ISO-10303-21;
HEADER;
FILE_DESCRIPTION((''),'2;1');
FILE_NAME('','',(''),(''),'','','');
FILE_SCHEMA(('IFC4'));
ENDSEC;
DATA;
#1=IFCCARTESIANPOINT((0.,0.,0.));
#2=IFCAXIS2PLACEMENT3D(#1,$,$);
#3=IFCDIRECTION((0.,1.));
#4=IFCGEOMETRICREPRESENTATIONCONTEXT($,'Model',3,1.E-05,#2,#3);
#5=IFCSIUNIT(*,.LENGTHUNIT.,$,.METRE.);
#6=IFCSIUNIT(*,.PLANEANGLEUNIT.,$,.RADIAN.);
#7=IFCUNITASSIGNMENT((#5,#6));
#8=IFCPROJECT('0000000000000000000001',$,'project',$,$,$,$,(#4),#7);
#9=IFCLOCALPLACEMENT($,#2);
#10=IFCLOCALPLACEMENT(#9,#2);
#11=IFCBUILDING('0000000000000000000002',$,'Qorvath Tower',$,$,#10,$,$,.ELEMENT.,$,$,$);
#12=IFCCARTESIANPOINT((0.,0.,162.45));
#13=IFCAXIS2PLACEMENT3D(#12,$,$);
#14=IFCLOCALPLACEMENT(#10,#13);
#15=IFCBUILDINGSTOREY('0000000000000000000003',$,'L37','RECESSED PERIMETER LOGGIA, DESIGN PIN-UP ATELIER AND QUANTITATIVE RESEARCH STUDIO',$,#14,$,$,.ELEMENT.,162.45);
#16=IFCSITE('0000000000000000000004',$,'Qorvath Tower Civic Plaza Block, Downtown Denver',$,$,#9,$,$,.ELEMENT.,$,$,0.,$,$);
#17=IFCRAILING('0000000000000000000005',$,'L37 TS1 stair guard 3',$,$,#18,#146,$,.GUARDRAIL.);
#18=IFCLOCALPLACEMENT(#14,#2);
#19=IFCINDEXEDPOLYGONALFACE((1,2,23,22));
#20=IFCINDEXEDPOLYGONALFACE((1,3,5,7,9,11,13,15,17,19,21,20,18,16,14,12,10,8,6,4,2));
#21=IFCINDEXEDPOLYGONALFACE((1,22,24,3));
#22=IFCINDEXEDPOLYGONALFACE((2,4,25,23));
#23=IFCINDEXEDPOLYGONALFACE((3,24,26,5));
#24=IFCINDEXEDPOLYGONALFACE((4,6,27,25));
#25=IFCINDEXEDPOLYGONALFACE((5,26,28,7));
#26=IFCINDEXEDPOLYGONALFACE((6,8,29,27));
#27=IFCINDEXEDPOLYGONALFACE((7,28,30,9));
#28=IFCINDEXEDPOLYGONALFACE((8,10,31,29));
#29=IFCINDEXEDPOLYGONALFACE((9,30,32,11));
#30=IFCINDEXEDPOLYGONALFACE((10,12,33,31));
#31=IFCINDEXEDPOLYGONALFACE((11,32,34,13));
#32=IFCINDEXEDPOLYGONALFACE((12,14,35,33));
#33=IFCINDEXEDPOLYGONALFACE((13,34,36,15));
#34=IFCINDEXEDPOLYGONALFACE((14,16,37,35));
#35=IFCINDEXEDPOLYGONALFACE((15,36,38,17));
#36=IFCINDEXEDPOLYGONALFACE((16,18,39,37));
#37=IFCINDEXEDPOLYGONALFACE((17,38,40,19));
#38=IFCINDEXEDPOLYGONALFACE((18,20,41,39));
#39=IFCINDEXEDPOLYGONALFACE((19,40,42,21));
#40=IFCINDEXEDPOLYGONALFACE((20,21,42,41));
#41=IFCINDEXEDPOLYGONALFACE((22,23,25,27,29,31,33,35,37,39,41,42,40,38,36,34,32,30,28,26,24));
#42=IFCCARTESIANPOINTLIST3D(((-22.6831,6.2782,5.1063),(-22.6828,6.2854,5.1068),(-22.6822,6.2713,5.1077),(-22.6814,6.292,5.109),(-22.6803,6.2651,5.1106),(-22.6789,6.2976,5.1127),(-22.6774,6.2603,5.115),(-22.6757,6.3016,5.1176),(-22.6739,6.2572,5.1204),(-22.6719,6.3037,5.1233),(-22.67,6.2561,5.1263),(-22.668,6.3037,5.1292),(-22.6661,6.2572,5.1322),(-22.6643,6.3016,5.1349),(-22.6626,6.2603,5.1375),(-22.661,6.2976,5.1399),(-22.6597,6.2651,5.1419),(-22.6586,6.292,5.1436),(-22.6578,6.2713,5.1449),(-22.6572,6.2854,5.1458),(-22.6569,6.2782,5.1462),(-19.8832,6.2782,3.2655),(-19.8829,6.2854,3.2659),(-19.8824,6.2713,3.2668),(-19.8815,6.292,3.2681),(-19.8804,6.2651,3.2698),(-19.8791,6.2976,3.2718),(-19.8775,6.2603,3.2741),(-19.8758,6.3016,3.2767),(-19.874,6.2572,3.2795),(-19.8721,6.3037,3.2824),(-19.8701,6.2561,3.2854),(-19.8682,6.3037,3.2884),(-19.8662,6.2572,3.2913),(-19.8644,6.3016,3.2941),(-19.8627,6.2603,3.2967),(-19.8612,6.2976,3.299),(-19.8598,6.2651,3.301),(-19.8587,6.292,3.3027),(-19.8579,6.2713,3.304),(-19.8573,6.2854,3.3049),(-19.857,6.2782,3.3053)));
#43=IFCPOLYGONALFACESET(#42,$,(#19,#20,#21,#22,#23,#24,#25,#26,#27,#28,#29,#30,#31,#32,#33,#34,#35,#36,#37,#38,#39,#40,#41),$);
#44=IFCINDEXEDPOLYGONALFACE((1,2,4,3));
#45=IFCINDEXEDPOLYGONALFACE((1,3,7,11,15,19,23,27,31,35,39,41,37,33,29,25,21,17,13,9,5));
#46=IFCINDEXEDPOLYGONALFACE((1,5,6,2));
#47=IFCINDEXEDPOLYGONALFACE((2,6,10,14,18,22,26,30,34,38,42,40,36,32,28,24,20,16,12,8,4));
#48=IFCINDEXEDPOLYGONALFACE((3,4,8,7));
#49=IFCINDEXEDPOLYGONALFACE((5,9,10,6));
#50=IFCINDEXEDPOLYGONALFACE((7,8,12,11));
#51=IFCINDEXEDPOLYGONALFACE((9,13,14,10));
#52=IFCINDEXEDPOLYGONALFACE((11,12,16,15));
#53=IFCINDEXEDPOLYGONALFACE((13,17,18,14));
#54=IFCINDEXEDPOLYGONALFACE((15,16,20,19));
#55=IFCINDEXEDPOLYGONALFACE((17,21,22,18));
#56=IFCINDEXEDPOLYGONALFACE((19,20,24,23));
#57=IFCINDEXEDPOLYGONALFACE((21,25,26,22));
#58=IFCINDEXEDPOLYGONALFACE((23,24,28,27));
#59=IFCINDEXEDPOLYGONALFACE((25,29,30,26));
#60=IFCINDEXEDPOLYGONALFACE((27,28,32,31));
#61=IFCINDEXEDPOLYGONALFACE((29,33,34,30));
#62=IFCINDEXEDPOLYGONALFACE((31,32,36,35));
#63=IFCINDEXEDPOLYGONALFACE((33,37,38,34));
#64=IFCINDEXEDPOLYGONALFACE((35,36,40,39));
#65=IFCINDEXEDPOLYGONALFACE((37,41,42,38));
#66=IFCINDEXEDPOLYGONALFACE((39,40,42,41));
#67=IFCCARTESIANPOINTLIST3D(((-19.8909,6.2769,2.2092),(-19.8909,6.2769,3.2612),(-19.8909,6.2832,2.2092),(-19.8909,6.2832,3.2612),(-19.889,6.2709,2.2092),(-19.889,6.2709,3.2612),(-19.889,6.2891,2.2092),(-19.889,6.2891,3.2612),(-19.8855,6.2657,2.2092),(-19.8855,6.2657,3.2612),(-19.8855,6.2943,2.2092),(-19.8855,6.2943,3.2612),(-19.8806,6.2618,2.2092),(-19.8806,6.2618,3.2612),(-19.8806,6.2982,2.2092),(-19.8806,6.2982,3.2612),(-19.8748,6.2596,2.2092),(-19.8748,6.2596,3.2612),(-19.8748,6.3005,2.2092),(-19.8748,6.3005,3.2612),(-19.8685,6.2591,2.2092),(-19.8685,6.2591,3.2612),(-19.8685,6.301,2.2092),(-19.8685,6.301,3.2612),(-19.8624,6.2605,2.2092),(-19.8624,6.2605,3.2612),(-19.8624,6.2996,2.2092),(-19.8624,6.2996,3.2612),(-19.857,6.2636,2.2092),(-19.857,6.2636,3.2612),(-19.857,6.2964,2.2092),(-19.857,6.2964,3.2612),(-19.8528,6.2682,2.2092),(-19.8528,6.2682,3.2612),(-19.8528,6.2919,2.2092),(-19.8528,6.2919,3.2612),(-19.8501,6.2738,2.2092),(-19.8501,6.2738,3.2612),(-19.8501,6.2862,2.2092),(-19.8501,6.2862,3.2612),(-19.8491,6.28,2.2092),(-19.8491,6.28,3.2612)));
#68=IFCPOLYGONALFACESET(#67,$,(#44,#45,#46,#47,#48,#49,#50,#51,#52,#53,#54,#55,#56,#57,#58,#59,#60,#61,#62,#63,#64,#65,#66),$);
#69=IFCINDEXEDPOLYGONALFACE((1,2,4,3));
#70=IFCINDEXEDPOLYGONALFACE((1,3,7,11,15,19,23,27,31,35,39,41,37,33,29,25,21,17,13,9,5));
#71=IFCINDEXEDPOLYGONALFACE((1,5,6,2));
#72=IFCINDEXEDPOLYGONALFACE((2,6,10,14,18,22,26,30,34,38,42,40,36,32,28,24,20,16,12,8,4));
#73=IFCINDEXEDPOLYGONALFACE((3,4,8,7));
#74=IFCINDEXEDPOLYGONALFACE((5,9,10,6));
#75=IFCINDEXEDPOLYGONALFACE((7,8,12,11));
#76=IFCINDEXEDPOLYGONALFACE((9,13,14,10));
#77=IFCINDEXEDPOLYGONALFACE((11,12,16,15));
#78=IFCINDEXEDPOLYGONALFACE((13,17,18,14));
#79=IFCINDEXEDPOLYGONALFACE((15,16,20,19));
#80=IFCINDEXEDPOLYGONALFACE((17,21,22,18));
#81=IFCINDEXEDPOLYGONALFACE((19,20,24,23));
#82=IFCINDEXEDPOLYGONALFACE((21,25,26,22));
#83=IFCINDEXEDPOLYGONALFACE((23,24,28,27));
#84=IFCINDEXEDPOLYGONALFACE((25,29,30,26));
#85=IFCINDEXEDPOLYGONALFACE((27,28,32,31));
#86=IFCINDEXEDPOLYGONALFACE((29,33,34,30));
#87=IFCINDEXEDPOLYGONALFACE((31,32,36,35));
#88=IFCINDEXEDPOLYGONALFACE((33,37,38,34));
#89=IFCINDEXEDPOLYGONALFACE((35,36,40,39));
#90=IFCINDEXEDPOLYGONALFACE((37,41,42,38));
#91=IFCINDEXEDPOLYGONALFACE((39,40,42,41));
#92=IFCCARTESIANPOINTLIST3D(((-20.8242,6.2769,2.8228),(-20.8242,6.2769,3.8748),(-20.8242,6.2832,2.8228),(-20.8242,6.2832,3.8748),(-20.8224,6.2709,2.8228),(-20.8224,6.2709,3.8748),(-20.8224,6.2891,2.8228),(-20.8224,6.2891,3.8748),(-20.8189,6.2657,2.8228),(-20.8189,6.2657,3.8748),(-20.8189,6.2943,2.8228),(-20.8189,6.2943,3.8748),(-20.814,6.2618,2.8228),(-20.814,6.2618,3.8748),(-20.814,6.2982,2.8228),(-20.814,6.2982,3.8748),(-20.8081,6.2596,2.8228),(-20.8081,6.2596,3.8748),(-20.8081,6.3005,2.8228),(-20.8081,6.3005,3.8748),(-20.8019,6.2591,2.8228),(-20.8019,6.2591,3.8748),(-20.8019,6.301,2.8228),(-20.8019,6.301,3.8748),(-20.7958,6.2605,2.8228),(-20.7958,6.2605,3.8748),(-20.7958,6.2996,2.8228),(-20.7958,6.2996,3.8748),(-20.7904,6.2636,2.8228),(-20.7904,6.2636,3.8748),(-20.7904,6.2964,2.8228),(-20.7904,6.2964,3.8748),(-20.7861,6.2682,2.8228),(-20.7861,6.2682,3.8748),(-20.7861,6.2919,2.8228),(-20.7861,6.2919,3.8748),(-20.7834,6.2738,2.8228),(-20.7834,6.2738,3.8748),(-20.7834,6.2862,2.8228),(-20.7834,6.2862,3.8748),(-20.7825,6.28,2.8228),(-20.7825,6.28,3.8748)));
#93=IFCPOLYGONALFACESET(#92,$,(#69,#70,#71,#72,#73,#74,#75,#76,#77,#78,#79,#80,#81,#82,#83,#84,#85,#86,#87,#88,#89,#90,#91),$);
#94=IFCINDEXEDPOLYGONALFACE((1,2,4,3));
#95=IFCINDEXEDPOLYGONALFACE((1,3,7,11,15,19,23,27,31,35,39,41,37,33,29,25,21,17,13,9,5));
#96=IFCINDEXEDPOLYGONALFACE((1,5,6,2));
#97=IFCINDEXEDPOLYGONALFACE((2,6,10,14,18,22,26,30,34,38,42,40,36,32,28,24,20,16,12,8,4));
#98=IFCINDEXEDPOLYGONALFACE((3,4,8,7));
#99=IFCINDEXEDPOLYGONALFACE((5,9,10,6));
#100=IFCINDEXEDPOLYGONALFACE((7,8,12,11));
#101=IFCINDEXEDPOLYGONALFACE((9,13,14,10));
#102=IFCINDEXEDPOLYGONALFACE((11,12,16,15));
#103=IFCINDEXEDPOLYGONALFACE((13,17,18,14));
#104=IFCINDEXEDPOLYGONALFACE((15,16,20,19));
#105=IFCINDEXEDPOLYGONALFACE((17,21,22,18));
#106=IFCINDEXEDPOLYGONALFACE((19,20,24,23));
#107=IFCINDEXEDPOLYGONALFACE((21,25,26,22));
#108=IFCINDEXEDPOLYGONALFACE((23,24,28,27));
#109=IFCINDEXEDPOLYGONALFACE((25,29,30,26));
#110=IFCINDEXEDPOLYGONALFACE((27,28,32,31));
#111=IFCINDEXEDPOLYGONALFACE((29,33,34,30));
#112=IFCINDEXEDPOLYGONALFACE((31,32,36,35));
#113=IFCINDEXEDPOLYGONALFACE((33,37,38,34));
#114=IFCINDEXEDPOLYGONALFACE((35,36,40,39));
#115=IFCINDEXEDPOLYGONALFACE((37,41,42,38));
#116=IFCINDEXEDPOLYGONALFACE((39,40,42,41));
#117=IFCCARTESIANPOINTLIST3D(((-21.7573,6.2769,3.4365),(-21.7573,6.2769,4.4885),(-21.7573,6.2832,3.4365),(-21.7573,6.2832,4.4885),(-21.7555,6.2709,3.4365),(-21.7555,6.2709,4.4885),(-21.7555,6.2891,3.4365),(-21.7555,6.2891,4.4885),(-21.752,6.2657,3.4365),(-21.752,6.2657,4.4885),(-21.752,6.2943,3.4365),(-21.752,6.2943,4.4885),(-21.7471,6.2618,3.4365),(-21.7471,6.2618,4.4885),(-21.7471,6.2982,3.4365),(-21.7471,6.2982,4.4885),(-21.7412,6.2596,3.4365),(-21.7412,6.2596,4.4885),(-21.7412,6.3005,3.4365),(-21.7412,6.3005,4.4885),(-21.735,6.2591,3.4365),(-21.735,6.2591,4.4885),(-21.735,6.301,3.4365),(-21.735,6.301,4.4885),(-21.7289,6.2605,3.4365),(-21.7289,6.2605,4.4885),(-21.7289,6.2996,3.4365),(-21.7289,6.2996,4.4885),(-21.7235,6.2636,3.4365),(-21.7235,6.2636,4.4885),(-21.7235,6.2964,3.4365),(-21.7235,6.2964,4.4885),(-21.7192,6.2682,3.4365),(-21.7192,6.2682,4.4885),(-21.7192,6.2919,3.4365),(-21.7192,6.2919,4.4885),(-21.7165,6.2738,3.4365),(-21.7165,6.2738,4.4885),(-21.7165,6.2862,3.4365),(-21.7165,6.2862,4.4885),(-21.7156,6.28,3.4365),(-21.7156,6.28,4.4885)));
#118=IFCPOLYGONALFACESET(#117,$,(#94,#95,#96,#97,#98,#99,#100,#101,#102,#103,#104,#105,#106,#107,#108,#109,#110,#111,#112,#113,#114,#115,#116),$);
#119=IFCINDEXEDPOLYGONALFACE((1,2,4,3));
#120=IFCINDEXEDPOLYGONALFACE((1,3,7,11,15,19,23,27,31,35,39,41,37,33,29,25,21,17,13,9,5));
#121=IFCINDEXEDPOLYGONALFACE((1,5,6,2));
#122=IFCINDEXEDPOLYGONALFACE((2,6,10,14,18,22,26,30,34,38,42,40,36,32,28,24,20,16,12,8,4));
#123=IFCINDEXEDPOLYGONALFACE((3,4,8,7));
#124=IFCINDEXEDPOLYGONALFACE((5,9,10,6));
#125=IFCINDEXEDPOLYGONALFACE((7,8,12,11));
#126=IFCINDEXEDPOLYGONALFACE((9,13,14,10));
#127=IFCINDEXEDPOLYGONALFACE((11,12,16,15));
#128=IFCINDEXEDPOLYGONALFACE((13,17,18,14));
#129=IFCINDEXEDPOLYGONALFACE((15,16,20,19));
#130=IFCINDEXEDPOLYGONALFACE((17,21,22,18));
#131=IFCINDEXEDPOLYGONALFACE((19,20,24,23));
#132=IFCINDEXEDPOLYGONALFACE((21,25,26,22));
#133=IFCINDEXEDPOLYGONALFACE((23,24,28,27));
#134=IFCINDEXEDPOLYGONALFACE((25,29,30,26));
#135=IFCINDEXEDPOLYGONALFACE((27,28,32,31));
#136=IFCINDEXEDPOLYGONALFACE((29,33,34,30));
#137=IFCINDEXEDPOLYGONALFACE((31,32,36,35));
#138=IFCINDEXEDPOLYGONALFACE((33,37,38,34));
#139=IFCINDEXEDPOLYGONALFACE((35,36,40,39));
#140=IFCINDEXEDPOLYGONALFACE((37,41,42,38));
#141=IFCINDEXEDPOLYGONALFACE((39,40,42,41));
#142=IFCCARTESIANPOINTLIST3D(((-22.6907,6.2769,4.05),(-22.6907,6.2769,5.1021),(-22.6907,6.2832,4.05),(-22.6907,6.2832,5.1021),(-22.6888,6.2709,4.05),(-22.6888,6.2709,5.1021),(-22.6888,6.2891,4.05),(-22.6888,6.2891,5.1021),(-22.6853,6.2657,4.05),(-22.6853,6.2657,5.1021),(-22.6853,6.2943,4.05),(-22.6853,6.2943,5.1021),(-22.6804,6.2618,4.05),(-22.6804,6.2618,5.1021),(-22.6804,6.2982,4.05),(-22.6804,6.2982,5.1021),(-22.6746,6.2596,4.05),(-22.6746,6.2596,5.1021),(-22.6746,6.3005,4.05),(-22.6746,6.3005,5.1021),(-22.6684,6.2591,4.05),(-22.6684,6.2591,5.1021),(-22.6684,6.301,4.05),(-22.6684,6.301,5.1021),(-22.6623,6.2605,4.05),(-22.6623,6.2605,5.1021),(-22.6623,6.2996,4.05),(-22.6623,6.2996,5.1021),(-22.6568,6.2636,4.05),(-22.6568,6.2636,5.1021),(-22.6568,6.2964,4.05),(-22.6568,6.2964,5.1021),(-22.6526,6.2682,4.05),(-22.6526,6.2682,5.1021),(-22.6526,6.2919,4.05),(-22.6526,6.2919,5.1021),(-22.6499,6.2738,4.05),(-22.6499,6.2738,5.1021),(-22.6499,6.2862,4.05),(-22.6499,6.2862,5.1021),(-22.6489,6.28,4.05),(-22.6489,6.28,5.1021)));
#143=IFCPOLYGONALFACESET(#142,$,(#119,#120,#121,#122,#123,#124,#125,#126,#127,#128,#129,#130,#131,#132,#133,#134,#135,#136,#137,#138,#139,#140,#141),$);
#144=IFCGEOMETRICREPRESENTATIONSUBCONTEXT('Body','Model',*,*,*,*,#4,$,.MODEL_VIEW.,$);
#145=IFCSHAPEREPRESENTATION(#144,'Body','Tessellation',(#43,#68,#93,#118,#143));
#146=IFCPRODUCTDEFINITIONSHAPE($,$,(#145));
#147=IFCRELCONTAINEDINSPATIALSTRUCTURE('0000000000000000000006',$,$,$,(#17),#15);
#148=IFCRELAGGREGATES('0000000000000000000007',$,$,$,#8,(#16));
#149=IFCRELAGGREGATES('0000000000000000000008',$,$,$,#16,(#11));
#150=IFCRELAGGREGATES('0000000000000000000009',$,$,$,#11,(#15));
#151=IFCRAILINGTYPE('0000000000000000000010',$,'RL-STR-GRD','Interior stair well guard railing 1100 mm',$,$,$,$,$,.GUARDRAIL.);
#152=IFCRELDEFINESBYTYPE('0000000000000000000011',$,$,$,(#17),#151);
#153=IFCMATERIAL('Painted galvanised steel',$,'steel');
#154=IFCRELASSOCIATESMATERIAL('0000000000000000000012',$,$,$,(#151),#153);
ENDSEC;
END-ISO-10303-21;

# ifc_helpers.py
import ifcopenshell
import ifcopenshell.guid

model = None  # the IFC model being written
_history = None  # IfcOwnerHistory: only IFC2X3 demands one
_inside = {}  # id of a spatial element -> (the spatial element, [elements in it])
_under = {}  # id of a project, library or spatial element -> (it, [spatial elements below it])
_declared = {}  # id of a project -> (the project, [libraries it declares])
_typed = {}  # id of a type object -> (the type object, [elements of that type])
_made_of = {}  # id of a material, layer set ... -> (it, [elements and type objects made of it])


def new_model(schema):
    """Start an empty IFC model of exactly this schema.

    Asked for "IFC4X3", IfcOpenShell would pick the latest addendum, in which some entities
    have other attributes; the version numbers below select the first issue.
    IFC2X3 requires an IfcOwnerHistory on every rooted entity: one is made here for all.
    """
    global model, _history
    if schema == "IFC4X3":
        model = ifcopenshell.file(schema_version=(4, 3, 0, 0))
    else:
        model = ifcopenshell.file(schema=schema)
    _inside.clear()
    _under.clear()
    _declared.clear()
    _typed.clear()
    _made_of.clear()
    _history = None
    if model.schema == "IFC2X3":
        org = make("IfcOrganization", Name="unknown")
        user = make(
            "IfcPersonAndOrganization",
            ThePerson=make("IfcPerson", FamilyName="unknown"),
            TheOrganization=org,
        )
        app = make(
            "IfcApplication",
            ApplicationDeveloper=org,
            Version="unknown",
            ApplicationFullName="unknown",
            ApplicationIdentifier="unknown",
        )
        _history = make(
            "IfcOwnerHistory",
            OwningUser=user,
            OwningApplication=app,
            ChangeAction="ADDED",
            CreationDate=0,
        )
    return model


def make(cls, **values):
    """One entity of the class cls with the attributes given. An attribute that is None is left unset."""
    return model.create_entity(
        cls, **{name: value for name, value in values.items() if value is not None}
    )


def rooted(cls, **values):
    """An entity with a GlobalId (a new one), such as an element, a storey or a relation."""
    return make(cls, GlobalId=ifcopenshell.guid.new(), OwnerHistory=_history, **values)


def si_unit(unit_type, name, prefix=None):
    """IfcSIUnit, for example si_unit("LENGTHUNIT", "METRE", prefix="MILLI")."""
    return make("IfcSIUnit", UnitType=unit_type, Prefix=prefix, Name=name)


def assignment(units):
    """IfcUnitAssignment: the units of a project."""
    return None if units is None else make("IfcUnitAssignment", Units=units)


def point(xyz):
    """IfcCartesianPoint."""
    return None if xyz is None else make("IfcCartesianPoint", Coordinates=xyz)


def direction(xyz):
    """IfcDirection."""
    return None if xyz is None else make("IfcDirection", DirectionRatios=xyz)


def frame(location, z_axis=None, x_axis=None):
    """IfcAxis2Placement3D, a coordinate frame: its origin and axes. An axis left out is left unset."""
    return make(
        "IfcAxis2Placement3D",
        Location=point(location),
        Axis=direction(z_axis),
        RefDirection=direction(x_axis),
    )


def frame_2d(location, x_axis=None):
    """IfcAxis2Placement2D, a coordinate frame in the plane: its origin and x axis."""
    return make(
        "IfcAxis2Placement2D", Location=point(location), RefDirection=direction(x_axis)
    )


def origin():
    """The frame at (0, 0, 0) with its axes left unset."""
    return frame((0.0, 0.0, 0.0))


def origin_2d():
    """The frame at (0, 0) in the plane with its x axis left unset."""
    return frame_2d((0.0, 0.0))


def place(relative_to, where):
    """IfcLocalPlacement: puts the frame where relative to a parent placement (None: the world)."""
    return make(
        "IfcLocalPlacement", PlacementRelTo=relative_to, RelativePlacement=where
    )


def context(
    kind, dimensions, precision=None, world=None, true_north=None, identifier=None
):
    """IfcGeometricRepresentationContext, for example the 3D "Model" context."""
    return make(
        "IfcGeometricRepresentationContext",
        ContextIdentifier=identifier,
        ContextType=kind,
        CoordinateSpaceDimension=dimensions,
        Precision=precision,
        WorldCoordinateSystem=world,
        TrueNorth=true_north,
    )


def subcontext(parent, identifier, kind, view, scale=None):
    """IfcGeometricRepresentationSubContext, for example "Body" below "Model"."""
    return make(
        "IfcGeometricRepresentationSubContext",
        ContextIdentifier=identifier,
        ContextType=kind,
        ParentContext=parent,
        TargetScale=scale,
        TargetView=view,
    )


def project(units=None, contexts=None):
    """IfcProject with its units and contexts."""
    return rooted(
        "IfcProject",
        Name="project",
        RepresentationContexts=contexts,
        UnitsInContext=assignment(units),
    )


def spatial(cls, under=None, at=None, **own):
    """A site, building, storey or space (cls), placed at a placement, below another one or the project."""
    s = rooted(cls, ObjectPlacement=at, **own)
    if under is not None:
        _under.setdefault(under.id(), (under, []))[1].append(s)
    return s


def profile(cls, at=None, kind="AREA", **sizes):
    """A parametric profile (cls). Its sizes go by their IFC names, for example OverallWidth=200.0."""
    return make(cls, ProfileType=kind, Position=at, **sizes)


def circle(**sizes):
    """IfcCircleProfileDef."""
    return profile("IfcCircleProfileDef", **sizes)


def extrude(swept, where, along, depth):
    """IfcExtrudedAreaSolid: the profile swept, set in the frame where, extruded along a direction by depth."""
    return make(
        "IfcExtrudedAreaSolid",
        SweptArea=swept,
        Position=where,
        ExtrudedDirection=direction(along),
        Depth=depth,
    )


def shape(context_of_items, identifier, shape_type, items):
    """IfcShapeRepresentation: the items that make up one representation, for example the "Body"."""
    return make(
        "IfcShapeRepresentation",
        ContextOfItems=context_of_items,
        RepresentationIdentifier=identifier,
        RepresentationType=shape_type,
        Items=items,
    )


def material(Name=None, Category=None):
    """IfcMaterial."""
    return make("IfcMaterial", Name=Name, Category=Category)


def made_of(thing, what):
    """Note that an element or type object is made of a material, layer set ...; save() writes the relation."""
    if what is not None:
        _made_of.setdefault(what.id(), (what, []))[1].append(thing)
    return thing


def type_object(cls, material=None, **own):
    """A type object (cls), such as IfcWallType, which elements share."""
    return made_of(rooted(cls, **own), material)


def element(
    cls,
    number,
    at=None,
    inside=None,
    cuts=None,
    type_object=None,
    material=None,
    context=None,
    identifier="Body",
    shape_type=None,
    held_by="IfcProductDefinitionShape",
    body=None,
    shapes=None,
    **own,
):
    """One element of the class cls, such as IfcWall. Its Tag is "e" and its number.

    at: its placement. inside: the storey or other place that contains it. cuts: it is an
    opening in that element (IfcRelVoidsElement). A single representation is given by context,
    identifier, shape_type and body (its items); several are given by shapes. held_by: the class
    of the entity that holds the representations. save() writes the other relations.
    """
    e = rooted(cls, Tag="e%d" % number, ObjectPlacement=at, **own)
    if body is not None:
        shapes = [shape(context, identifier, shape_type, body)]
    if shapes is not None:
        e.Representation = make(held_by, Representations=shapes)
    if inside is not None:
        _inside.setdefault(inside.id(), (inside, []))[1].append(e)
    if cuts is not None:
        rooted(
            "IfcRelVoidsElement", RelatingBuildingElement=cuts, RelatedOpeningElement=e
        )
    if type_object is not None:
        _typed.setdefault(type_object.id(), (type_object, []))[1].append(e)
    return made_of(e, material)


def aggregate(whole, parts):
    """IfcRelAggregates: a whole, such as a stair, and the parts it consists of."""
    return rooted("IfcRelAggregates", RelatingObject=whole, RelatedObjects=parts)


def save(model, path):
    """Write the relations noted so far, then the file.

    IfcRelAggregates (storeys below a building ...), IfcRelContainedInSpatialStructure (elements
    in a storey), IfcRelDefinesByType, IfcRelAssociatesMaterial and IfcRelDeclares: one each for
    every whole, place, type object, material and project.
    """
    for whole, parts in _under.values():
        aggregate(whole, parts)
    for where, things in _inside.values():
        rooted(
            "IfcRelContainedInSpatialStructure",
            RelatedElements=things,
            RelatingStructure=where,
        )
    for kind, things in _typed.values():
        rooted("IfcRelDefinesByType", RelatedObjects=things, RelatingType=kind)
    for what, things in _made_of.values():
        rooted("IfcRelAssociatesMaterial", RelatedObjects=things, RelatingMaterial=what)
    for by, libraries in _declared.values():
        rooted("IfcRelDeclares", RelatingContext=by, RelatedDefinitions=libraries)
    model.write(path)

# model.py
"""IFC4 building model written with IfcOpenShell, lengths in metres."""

from ifc_helpers import new_model, si_unit, direction, frame, origin, origin_2d, place, context, subcontext, project, spatial, circle, extrude, material, type_object, element, save


model = new_model("IFC4")

# Units and contexts
model_context = context("Model", 3, precision=1e-05, world=origin(), true_north=direction((0.0, 1.0)))
body_context = subcontext(model_context, "Body", "Model", "MODEL_VIEW")
ifc_project = project(units=[si_unit("LENGTHUNIT", "METRE"), si_unit("PLANEANGLEUNIT", "RADIAN")], contexts=[model_context])

# Site, building, storey
site_placement = place(None, origin())
site = spatial("IfcSite", under=ifc_project, at=site_placement, Name="Qorvath Tower Civic Plaza Block, Downtown Denver", CompositionType="ELEMENT", RefElevation=0.0)
building_placement = place(site_placement, origin())
building = spatial("IfcBuilding", under=site, at=building_placement, Name="Qorvath Tower", CompositionType="ELEMENT")
storey_placement = place(building_placement, frame((0.0, 0.0, 162.45)))
storey = spatial("IfcBuildingStorey", under=building, at=storey_placement, Name="L37", Description="RECESSED PERIMETER LOGGIA, DESIGN PIN-UP ATELIER AND QUANTITATIVE RESEARCH STUDIO", CompositionType="ELEMENT", Elevation=162.45)

# Railing
ifc_material_1 = material(Name="Painted galvanised steel", Category="steel")
railing_type_1 = type_object("IfcRailingType", Name="RL-STR-GRD", Description="Interior stair well guard railing 1100 mm", PredefinedType="GUARDRAIL", material=ifc_material_1)
railing_1_placement = place(storey_placement, frame((-19.8701, 6.28, 2.2092)))
element("IfcRailing", 1, at=railing_1_placement, inside=storey, type_object=railing_type_1, Name="L37 TS1 stair guard 3", PredefinedType="GUARDRAIL", context=body_context, shape_type="SweptSolid", body=[
    extrude(circle(Radius=0.0239, at=origin_2d()), frame((0.0, 0.0, 1.0762), z_axis=(-0.835576, 0.0, 0.549376), x_axis=(0.0, -1.0, 0.0)), (0.0, 0.0, 1.0), 3.3508),
    extrude(circle(Radius=0.021, at=origin_2d()), origin(), (0.0, 0.0, 1.0), 1.052),
    extrude(circle(Radius=0.021, at=origin_2d()), frame((-0.9333, 0.0, 0.6135)), (0.0, 0.0, 1.0), 1.052),
    extrude(circle(Radius=0.021, at=origin_2d()), frame((-1.8665, 0.0, 1.2273)), (0.0, 0.0, 1.0), 1.052),
    extrude(circle(Radius=0.021, at=origin_2d()), frame((-2.7998, 0.0, 1.8408)), (0.0, 0.0, 1.0), 1.052),
])

save(model, "model.ifc")
